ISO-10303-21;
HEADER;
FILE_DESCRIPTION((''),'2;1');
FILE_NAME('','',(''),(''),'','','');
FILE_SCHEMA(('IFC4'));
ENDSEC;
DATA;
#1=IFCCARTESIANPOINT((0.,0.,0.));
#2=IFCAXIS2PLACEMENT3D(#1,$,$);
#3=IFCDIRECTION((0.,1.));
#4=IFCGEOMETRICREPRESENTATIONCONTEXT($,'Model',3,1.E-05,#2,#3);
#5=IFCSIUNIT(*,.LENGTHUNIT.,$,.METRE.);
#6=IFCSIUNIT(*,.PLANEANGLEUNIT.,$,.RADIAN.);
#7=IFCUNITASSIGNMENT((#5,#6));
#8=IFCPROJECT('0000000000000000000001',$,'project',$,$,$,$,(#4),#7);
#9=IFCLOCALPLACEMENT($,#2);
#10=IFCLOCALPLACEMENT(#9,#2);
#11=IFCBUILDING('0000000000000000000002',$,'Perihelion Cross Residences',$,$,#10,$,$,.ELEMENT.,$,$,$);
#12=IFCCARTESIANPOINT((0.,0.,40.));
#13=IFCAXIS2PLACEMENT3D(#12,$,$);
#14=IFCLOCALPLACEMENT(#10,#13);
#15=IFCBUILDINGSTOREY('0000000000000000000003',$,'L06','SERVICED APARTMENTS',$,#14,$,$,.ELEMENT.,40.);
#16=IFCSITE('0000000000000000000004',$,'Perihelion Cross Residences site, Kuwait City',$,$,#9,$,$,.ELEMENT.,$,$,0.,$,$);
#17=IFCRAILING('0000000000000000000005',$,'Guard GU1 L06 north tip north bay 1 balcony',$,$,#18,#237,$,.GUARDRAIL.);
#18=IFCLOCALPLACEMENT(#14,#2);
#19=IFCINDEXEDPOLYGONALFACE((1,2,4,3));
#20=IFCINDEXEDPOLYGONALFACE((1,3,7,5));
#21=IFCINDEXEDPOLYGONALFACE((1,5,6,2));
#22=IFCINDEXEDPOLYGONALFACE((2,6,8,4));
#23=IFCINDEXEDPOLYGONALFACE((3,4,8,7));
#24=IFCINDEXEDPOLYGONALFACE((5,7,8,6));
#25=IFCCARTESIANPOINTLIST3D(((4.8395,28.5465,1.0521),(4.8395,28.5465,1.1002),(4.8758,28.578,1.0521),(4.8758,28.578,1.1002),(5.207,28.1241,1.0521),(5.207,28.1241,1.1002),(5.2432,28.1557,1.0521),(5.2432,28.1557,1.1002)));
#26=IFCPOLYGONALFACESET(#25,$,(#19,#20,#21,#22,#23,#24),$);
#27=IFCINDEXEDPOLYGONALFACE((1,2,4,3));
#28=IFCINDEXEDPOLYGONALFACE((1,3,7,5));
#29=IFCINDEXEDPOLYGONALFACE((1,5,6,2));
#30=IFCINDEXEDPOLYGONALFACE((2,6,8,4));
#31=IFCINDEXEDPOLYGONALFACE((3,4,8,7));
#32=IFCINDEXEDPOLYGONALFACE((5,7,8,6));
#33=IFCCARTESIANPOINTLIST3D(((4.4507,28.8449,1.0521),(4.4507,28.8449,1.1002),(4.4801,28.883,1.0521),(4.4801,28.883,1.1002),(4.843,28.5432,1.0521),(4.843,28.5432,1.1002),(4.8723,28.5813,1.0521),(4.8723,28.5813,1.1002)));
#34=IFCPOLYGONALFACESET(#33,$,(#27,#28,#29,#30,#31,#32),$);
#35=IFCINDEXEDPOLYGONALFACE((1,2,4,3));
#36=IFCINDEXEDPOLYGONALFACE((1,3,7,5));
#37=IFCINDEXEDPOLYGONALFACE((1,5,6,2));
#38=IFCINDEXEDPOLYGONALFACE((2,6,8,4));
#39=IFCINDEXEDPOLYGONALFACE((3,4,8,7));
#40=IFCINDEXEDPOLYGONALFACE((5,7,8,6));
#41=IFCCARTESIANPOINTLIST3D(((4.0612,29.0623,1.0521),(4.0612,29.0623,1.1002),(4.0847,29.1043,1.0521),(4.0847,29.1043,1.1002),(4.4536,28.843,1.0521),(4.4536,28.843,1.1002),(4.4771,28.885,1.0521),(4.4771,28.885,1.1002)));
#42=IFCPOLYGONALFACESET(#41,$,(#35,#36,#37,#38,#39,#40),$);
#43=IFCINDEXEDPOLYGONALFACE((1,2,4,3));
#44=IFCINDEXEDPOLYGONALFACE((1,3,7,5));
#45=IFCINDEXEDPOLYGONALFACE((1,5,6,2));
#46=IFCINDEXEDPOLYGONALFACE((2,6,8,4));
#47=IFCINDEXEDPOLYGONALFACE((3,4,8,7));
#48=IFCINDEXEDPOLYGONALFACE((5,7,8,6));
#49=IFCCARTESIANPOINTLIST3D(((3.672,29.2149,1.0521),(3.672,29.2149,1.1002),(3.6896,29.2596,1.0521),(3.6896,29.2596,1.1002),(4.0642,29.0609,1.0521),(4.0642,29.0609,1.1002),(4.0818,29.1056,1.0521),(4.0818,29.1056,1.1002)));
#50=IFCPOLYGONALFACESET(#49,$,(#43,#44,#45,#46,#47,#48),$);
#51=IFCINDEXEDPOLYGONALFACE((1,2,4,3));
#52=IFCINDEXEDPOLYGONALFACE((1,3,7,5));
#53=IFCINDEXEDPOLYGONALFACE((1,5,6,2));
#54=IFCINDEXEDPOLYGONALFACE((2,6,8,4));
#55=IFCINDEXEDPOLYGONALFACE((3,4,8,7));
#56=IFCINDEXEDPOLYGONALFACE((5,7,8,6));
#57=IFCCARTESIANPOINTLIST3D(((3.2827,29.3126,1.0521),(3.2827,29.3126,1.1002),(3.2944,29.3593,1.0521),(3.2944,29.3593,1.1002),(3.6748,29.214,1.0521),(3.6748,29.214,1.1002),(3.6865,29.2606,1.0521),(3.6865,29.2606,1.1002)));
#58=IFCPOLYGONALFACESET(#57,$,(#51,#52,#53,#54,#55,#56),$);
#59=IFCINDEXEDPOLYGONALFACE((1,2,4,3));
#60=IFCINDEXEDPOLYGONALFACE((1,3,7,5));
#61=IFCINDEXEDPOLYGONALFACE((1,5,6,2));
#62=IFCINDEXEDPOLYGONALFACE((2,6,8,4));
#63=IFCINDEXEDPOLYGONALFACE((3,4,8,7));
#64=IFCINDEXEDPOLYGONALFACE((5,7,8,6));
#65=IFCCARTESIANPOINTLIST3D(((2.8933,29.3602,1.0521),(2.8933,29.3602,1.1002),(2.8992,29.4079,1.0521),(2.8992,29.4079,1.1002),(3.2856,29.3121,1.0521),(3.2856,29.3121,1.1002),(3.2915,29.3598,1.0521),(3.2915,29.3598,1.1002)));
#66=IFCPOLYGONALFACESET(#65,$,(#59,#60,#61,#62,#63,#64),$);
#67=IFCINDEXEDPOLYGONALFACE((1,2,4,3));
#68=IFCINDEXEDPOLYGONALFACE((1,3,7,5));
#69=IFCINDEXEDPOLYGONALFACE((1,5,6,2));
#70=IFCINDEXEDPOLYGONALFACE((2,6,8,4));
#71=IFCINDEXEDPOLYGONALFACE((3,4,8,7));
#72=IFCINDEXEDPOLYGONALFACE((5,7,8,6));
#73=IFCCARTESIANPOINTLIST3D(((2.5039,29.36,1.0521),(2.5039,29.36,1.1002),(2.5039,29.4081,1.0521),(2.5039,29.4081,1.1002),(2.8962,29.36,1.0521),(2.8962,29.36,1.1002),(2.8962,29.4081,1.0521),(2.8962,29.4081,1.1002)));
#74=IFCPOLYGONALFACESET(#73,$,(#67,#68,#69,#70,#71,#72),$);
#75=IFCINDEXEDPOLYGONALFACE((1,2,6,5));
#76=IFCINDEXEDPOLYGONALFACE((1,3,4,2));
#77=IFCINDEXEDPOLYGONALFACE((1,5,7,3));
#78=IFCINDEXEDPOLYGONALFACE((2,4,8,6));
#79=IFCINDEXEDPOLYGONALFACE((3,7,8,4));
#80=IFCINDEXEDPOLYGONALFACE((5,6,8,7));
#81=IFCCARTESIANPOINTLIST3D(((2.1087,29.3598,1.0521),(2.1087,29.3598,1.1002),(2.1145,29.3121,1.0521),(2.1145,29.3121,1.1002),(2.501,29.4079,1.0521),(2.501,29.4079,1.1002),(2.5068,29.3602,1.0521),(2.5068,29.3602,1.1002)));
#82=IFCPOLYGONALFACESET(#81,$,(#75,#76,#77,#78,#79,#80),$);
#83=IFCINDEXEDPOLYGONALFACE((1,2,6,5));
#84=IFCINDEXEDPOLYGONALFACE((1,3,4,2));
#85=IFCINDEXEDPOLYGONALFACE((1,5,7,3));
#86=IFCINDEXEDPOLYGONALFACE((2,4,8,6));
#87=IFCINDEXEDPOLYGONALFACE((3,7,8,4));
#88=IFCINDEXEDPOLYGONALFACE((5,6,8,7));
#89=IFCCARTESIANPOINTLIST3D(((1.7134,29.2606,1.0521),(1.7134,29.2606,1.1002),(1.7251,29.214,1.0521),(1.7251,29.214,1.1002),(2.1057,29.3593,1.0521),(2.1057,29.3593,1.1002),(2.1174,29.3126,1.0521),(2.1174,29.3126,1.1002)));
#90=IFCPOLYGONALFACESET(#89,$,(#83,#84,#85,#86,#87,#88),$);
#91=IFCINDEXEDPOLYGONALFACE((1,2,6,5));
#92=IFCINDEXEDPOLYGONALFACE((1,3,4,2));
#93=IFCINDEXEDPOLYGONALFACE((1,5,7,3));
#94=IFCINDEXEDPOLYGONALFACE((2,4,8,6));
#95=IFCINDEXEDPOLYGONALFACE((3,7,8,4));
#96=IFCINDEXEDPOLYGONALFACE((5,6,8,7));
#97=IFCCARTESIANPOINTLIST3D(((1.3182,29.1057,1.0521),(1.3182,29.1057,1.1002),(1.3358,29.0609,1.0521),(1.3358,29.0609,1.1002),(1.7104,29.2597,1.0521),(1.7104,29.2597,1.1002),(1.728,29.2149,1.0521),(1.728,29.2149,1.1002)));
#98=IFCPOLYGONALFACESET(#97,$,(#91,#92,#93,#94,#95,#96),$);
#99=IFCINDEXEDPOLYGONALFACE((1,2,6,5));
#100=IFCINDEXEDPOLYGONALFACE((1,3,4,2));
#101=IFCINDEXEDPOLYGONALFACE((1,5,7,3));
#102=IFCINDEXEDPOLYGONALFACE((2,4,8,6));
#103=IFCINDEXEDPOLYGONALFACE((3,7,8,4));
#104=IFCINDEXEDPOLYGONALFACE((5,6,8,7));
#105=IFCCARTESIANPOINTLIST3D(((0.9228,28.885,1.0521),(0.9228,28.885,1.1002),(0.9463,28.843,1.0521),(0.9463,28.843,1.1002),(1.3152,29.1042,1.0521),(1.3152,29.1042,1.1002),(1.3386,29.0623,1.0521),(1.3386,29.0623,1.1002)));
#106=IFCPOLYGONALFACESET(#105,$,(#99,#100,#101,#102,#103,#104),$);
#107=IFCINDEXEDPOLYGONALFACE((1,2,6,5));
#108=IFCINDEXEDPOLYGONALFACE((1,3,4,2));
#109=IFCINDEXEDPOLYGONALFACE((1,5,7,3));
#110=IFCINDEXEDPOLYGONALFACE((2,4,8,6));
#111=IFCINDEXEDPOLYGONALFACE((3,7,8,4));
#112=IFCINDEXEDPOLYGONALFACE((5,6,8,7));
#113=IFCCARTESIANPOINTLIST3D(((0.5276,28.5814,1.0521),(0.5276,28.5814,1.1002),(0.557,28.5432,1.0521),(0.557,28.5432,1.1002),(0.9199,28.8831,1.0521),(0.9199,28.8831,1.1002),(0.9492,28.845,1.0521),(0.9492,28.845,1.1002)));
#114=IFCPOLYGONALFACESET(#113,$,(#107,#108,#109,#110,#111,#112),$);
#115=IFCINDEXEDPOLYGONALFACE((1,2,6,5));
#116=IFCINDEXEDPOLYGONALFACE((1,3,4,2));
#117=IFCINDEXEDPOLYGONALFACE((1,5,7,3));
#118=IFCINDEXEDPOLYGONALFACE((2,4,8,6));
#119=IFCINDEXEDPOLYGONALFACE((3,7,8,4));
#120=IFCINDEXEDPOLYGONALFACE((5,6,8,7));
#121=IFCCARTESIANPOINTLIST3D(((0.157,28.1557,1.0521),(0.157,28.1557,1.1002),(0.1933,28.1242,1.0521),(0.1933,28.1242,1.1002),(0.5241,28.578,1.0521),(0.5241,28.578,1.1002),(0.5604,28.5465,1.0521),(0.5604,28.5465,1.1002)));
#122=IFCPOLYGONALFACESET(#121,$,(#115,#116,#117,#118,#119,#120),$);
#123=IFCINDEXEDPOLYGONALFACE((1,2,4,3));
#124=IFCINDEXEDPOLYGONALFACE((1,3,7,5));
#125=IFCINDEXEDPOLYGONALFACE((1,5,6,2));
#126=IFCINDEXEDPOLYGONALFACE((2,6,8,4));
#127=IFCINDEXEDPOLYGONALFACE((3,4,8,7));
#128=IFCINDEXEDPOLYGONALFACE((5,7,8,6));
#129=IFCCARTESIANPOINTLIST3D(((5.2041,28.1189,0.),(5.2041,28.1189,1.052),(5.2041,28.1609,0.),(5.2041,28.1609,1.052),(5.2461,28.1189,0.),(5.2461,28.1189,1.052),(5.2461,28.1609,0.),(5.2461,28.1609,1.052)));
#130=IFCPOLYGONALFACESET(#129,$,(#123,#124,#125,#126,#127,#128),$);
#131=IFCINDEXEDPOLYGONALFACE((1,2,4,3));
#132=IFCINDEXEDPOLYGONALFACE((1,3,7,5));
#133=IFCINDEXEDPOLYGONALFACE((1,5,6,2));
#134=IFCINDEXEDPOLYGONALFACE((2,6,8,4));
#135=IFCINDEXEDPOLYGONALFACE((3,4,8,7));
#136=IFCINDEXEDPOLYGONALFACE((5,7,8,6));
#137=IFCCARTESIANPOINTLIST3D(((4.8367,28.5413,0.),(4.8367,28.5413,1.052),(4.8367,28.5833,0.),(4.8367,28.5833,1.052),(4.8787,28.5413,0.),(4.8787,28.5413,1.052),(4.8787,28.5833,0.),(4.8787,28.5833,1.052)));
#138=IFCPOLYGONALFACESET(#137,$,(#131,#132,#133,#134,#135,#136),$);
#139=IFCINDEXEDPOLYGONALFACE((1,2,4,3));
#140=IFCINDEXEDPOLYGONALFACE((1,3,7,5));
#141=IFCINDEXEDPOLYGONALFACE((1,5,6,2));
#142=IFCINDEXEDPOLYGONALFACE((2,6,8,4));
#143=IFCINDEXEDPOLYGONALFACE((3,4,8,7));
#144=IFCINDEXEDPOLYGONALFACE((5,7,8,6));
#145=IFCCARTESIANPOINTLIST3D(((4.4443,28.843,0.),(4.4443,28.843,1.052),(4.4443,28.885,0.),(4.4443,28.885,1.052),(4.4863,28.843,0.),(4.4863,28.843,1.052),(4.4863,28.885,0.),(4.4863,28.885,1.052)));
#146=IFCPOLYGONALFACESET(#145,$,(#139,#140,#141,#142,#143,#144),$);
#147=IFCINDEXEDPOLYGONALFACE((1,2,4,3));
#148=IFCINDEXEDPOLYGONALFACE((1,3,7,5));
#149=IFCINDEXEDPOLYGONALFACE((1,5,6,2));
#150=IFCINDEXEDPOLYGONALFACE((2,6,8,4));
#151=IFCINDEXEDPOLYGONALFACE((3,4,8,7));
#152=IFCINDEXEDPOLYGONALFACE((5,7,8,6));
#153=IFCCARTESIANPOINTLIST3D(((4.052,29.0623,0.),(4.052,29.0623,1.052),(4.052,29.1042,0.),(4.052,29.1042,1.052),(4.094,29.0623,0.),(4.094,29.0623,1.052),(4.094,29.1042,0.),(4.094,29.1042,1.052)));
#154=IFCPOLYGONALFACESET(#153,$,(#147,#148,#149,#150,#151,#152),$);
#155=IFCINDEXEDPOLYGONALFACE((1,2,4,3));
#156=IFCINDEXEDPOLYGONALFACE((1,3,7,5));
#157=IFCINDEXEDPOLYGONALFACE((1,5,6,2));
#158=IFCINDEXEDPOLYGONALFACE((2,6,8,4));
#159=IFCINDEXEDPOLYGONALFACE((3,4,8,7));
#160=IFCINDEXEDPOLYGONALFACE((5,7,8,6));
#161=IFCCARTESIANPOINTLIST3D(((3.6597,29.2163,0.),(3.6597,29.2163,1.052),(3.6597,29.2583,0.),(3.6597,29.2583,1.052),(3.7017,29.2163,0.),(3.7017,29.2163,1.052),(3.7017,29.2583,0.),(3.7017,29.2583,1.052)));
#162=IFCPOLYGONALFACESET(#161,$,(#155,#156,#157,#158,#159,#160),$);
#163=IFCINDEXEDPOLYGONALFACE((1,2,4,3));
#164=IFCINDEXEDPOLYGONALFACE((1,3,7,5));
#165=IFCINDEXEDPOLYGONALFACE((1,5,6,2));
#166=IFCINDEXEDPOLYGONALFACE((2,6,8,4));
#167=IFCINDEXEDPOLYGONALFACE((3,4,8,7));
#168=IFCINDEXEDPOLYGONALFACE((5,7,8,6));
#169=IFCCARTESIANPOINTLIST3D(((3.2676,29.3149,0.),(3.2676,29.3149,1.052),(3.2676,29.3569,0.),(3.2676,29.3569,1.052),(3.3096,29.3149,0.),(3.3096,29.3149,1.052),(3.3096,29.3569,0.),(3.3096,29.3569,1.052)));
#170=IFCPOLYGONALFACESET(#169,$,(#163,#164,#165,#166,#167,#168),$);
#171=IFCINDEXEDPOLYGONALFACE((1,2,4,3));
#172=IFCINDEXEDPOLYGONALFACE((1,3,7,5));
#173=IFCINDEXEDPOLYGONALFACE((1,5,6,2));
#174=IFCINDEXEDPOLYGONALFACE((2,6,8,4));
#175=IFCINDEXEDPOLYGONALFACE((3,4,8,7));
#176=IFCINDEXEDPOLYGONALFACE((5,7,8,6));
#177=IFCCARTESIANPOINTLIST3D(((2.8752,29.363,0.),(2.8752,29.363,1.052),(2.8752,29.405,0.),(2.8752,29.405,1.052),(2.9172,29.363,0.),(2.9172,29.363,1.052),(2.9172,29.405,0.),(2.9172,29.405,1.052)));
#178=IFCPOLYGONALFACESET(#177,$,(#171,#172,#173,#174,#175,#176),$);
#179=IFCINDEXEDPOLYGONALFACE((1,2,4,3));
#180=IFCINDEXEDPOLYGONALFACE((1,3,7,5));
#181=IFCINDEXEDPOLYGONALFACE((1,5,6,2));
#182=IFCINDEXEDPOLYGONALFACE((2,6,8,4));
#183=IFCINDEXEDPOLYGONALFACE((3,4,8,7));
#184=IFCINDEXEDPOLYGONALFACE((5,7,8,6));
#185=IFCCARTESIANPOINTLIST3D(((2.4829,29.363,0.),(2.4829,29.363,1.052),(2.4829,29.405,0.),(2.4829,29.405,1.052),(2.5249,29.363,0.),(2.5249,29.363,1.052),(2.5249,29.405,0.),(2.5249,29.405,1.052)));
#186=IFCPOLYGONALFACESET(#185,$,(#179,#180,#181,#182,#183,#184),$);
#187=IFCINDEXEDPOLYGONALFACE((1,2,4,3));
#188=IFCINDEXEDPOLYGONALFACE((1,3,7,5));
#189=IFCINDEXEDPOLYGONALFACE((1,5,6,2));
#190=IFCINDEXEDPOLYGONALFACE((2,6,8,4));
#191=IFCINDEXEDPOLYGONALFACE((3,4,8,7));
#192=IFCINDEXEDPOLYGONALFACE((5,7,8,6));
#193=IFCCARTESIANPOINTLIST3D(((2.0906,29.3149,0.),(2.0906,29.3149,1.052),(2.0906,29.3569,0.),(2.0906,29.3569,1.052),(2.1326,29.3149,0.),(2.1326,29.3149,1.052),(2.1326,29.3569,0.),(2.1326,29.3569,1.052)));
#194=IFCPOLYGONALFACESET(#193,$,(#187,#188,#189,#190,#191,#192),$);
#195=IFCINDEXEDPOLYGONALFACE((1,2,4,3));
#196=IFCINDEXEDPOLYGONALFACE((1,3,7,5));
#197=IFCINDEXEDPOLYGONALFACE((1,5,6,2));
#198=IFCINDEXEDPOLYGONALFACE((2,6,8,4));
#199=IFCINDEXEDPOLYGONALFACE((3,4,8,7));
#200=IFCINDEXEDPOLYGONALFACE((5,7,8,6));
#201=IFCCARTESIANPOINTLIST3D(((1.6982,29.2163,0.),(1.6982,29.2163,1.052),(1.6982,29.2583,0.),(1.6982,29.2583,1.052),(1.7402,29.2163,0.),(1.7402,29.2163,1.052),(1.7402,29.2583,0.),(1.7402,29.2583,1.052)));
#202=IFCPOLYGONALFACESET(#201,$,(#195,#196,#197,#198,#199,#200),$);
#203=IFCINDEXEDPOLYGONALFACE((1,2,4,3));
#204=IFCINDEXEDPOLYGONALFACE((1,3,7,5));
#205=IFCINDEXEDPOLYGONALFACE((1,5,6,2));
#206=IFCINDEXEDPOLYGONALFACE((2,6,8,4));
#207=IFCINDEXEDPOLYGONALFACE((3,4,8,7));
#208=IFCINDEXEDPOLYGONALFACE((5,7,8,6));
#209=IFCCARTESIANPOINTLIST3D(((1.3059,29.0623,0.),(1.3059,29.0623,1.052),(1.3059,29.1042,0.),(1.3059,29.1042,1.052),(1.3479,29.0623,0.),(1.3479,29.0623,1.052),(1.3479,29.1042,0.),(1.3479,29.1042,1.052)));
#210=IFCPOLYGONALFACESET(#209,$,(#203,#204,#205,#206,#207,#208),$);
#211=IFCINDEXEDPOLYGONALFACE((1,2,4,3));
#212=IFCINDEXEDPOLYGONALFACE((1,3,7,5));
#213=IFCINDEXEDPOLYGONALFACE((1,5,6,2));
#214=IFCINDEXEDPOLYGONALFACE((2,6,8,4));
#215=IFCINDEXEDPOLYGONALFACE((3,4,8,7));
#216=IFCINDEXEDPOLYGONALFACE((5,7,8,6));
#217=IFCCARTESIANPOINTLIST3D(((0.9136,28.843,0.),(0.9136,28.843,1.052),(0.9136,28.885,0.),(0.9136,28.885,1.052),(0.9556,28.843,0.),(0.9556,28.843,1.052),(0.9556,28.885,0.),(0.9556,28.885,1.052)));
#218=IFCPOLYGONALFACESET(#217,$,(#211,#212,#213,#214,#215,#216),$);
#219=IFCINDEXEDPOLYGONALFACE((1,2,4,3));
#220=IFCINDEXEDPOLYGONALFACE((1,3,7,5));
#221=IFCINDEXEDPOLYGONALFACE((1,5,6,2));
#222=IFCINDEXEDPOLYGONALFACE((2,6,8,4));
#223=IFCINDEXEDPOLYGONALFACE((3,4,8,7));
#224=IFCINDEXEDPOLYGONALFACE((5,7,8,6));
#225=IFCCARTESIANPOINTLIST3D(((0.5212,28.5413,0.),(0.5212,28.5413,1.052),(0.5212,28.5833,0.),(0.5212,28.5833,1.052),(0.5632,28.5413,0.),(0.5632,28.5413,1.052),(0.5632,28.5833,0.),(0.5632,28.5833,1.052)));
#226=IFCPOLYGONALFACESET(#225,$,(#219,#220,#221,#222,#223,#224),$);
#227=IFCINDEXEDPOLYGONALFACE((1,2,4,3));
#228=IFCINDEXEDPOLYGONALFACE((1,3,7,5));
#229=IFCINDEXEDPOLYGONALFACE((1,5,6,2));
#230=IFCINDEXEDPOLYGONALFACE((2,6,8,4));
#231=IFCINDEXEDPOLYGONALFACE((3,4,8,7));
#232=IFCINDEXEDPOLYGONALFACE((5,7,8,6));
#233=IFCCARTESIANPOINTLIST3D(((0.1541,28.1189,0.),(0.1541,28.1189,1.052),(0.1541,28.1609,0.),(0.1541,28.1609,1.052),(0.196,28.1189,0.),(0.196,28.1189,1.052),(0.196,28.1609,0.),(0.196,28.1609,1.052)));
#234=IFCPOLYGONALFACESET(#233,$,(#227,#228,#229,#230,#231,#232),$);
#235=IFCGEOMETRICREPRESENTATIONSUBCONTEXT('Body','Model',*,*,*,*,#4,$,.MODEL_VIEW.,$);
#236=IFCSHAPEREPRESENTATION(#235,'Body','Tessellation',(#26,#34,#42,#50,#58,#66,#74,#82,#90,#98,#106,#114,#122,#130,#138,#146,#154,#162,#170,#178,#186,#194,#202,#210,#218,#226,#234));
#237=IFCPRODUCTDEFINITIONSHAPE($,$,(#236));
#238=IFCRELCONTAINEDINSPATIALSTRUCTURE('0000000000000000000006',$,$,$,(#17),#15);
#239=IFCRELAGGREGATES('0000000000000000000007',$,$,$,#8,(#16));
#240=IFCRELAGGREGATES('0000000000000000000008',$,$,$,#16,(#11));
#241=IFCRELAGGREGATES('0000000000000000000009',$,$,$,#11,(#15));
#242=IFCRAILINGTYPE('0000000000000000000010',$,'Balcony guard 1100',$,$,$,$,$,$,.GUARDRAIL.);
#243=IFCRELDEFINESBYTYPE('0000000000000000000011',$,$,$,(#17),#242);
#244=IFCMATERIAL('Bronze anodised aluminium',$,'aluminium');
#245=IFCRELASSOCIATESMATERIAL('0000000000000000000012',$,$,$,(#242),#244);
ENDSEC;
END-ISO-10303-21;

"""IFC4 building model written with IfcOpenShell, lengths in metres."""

from ifc_helpers import new_model, si_unit, direction, frame, origin, origin_2d, place, context, subcontext, project, spatial, rectangle, extrude, material, type_object, element, save


model = new_model("IFC4")

# Units and contexts
model_context = context("Model", 3, precision=1e-05, world=origin(), true_north=direction((0.0, 1.0)))
body_context = subcontext(model_context, "Body", "Model", "MODEL_VIEW")
ifc_project = project(units=[si_unit("LENGTHUNIT", "METRE"), si_unit("PLANEANGLEUNIT", "RADIAN")], contexts=[model_context])

# Site, building, storey
site_placement = place(None, origin())
site = spatial("IfcSite", under=ifc_project, at=site_placement, Name="Perihelion Cross Residences site, Kuwait City", CompositionType="ELEMENT", RefElevation=0.0)
building_placement = place(site_placement, origin())
building = spatial("IfcBuilding", under=site, at=building_placement, Name="Perihelion Cross Residences", CompositionType="ELEMENT")
storey_placement = place(building_placement, frame((0.0, 0.0, 40.0)))
storey = spatial("IfcBuildingStorey", under=building, at=storey_placement, Name="L06", Description="SERVICED APARTMENTS", CompositionType="ELEMENT", Elevation=40.0)

# Railing
ifc_material_1 = material(Name="Bronze anodised aluminium", Category="aluminium")
railing_type = type_object("IfcRailingType", Name="Balcony guard 1100", PredefinedType="GUARDRAIL", material=ifc_material_1)
railing_placement = place(storey_placement, frame((5.2251, 28.1399, 0.0)))
element("IfcRailing", 1, at=railing_placement, inside=storey, type_object=railing_type, Name="Guard GU1 L06 north tip north bay 1 balcony", PredefinedType="GUARDRAIL", context=body_context, shape_type="SweptSolid", body=[
    extrude(rectangle(XDim=0.0481, YDim=0.0481, at=origin_2d()), frame((0.0, 0.0, 1.0762), z_axis=(-0.656341, 0.754465, 0.0), x_axis=(-0.754465, -0.656341, 0.0)), (0.0, 0.0, 1.0), 0.5598),
    extrude(rectangle(XDim=0.0481, YDim=0.0481, at=origin_2d()), frame((-0.3674, 0.4224, 1.0762), z_axis=(-0.792661, 0.609663, 0.0), x_axis=(-0.609663, -0.792661, 0.0)), (0.0, 0.0, 1.0), 0.4949),
    extrude(rectangle(XDim=0.0481, YDim=0.0481, at=origin_2d()), frame((-0.7598, 0.7241, 1.0762), z_axis=(-0.87295, 0.487809, 0.0), x_axis=(-0.487809, -0.87295, 0.0)), (0.0, 0.0, 1.0), 0.4495),
    extrude(rectangle(XDim=0.0481, YDim=0.0481, at=origin_2d()), frame((-1.1521, 0.9434, 1.0762), z_axis=(-0.930815, 0.365491, 0.0), x_axis=(-0.365491, -0.930815, 0.0)), (0.0, 0.0, 1.0), 0.4214),
    extrude(rectangle(XDim=0.0481, YDim=0.0481, at=origin_2d()), frame((-1.5444, 1.0974, 1.0762), z_axis=(-0.969786, 0.243956, 0.0), x_axis=(-0.243956, -0.969786, 0.0)), (0.0, 0.0, 1.0), 0.4043),
    extrude(rectangle(XDim=0.0481, YDim=0.0481, at=origin_2d()), frame((-1.9365, 1.196, 1.0762), z_axis=(-0.99257, 0.121678, 0.0), x_axis=(-0.121678, -0.99257, 0.0)), (0.0, 0.0, 1.0), 0.3953),
    extrude(rectangle(XDim=0.0481, YDim=0.0481, at=origin_2d()), frame((-2.3289, 1.2441, 1.0762), z_axis=(-1.0, 0.0, 0.0), x_axis=(0.0, -1.0, 0.0)), (0.0, 0.0, 1.0), 0.3923),
    extrude(rectangle(XDim=0.0481, YDim=0.0481, at=origin_2d()), frame((-2.7212, 1.2441, 1.0762), z_axis=(-0.99257, -0.121678, 0.0), x_axis=(0.121678, -0.99257, 0.0)), (0.0, 0.0, 1.0), 0.3953),
    extrude(rectangle(XDim=0.0481, YDim=0.0481, at=origin_2d()), frame((-3.1135, 1.196, 1.0762), z_axis=(-0.969822, -0.243813, 0.0), x_axis=(0.243813, -0.969822, 0.0)), (0.0, 0.0, 1.0), 0.4045),
    extrude(rectangle(XDim=0.0481, YDim=0.0481, at=origin_2d()), frame((-3.5059, 1.0974, 1.0762), z_axis=(-0.930815, -0.365491, 0.0), x_axis=(0.365491, -0.930815, 0.0)), (0.0, 0.0, 1.0), 0.4214),
    extrude(rectangle(XDim=0.0481, YDim=0.0481, at=origin_2d()), frame((-3.8982, 0.9434, 1.0762), z_axis=(-0.87295, -0.487809, 0.0), x_axis=(0.487809, -0.87295, 0.0)), (0.0, 0.0, 1.0), 0.4495),
    extrude(rectangle(XDim=0.0481, YDim=0.0481, at=origin_2d()), frame((-4.2905, 0.7241, 1.0762), z_axis=(-0.792661, -0.609663, 0.0), x_axis=(0.609663, -0.792661, 0.0)), (0.0, 0.0, 1.0), 0.4949),
    extrude(rectangle(XDim=0.0481, YDim=0.0481, at=origin_2d()), frame((-4.6829, 0.4224, 1.0762), z_axis=(-0.656092, -0.754681, 0.0), x_axis=(0.754681, -0.656092, 0.0)), (0.0, 0.0, 1.0), 0.5596),
    extrude(rectangle(XDim=0.042, YDim=0.042, at=origin_2d()), origin(), (0.0, 0.0, 1.0), 1.052),
    extrude(rectangle(XDim=0.042, YDim=0.042, at=origin_2d()), frame((-0.3674, 0.4224, 0.0)), (0.0, 0.0, 1.0), 1.052),
    extrude(rectangle(XDim=0.042, YDim=0.042, at=origin_2d()), frame((-0.7598, 0.7241, 0.0)), (0.0, 0.0, 1.0), 1.052),
    extrude(rectangle(XDim=0.042, YDim=0.042, at=origin_2d()), frame((-1.1521, 0.9434, 0.0)), (0.0, 0.0, 1.0), 1.052),
    extrude(rectangle(XDim=0.042, YDim=0.042, at=origin_2d()), frame((-1.5444, 1.0974, 0.0)), (0.0, 0.0, 1.0), 1.052),
    extrude(rectangle(XDim=0.042, YDim=0.042, at=origin_2d()), frame((-1.9365, 1.196, 0.0)), (0.0, 0.0, 1.0), 1.052),
    extrude(rectangle(XDim=0.042, YDim=0.042, at=origin_2d()), frame((-2.3289, 1.2441, 0.0)), (0.0, 0.0, 1.0), 1.052),
    extrude(rectangle(XDim=0.042, YDim=0.042, at=origin_2d()), frame((-2.7212, 1.2441, 0.0)), (0.0, 0.0, 1.0), 1.052),
    extrude(rectangle(XDim=0.042, YDim=0.042, at=origin_2d()), frame((-3.1135, 1.196, 0.0)), (0.0, 0.0, 1.0), 1.052),
    extrude(rectangle(XDim=0.042, YDim=0.042, at=origin_2d()), frame((-3.5059, 1.0974, 0.0)), (0.0, 0.0, 1.0), 1.052),
    extrude(rectangle(XDim=0.042, YDim=0.042, at=origin_2d()), frame((-3.8982, 0.9434, 0.0)), (0.0, 0.0, 1.0), 1.052),
    extrude(rectangle(XDim=0.042, YDim=0.042, at=origin_2d()), frame((-4.2905, 0.7241, 0.0)), (0.0, 0.0, 1.0), 1.052),
    extrude(rectangle(XDim=0.042, YDim=0.042, at=origin_2d()), frame((-4.6829, 0.4224, 0.0)), (0.0, 0.0, 1.0), 1.052),
    extrude(rectangle(XDim=0.042, YDim=0.042, at=origin_2d()), frame((-5.05, 0.0, 0.0)), (0.0, 0.0, 1.0), 1.052),
])

save(model, "model.ifc")
